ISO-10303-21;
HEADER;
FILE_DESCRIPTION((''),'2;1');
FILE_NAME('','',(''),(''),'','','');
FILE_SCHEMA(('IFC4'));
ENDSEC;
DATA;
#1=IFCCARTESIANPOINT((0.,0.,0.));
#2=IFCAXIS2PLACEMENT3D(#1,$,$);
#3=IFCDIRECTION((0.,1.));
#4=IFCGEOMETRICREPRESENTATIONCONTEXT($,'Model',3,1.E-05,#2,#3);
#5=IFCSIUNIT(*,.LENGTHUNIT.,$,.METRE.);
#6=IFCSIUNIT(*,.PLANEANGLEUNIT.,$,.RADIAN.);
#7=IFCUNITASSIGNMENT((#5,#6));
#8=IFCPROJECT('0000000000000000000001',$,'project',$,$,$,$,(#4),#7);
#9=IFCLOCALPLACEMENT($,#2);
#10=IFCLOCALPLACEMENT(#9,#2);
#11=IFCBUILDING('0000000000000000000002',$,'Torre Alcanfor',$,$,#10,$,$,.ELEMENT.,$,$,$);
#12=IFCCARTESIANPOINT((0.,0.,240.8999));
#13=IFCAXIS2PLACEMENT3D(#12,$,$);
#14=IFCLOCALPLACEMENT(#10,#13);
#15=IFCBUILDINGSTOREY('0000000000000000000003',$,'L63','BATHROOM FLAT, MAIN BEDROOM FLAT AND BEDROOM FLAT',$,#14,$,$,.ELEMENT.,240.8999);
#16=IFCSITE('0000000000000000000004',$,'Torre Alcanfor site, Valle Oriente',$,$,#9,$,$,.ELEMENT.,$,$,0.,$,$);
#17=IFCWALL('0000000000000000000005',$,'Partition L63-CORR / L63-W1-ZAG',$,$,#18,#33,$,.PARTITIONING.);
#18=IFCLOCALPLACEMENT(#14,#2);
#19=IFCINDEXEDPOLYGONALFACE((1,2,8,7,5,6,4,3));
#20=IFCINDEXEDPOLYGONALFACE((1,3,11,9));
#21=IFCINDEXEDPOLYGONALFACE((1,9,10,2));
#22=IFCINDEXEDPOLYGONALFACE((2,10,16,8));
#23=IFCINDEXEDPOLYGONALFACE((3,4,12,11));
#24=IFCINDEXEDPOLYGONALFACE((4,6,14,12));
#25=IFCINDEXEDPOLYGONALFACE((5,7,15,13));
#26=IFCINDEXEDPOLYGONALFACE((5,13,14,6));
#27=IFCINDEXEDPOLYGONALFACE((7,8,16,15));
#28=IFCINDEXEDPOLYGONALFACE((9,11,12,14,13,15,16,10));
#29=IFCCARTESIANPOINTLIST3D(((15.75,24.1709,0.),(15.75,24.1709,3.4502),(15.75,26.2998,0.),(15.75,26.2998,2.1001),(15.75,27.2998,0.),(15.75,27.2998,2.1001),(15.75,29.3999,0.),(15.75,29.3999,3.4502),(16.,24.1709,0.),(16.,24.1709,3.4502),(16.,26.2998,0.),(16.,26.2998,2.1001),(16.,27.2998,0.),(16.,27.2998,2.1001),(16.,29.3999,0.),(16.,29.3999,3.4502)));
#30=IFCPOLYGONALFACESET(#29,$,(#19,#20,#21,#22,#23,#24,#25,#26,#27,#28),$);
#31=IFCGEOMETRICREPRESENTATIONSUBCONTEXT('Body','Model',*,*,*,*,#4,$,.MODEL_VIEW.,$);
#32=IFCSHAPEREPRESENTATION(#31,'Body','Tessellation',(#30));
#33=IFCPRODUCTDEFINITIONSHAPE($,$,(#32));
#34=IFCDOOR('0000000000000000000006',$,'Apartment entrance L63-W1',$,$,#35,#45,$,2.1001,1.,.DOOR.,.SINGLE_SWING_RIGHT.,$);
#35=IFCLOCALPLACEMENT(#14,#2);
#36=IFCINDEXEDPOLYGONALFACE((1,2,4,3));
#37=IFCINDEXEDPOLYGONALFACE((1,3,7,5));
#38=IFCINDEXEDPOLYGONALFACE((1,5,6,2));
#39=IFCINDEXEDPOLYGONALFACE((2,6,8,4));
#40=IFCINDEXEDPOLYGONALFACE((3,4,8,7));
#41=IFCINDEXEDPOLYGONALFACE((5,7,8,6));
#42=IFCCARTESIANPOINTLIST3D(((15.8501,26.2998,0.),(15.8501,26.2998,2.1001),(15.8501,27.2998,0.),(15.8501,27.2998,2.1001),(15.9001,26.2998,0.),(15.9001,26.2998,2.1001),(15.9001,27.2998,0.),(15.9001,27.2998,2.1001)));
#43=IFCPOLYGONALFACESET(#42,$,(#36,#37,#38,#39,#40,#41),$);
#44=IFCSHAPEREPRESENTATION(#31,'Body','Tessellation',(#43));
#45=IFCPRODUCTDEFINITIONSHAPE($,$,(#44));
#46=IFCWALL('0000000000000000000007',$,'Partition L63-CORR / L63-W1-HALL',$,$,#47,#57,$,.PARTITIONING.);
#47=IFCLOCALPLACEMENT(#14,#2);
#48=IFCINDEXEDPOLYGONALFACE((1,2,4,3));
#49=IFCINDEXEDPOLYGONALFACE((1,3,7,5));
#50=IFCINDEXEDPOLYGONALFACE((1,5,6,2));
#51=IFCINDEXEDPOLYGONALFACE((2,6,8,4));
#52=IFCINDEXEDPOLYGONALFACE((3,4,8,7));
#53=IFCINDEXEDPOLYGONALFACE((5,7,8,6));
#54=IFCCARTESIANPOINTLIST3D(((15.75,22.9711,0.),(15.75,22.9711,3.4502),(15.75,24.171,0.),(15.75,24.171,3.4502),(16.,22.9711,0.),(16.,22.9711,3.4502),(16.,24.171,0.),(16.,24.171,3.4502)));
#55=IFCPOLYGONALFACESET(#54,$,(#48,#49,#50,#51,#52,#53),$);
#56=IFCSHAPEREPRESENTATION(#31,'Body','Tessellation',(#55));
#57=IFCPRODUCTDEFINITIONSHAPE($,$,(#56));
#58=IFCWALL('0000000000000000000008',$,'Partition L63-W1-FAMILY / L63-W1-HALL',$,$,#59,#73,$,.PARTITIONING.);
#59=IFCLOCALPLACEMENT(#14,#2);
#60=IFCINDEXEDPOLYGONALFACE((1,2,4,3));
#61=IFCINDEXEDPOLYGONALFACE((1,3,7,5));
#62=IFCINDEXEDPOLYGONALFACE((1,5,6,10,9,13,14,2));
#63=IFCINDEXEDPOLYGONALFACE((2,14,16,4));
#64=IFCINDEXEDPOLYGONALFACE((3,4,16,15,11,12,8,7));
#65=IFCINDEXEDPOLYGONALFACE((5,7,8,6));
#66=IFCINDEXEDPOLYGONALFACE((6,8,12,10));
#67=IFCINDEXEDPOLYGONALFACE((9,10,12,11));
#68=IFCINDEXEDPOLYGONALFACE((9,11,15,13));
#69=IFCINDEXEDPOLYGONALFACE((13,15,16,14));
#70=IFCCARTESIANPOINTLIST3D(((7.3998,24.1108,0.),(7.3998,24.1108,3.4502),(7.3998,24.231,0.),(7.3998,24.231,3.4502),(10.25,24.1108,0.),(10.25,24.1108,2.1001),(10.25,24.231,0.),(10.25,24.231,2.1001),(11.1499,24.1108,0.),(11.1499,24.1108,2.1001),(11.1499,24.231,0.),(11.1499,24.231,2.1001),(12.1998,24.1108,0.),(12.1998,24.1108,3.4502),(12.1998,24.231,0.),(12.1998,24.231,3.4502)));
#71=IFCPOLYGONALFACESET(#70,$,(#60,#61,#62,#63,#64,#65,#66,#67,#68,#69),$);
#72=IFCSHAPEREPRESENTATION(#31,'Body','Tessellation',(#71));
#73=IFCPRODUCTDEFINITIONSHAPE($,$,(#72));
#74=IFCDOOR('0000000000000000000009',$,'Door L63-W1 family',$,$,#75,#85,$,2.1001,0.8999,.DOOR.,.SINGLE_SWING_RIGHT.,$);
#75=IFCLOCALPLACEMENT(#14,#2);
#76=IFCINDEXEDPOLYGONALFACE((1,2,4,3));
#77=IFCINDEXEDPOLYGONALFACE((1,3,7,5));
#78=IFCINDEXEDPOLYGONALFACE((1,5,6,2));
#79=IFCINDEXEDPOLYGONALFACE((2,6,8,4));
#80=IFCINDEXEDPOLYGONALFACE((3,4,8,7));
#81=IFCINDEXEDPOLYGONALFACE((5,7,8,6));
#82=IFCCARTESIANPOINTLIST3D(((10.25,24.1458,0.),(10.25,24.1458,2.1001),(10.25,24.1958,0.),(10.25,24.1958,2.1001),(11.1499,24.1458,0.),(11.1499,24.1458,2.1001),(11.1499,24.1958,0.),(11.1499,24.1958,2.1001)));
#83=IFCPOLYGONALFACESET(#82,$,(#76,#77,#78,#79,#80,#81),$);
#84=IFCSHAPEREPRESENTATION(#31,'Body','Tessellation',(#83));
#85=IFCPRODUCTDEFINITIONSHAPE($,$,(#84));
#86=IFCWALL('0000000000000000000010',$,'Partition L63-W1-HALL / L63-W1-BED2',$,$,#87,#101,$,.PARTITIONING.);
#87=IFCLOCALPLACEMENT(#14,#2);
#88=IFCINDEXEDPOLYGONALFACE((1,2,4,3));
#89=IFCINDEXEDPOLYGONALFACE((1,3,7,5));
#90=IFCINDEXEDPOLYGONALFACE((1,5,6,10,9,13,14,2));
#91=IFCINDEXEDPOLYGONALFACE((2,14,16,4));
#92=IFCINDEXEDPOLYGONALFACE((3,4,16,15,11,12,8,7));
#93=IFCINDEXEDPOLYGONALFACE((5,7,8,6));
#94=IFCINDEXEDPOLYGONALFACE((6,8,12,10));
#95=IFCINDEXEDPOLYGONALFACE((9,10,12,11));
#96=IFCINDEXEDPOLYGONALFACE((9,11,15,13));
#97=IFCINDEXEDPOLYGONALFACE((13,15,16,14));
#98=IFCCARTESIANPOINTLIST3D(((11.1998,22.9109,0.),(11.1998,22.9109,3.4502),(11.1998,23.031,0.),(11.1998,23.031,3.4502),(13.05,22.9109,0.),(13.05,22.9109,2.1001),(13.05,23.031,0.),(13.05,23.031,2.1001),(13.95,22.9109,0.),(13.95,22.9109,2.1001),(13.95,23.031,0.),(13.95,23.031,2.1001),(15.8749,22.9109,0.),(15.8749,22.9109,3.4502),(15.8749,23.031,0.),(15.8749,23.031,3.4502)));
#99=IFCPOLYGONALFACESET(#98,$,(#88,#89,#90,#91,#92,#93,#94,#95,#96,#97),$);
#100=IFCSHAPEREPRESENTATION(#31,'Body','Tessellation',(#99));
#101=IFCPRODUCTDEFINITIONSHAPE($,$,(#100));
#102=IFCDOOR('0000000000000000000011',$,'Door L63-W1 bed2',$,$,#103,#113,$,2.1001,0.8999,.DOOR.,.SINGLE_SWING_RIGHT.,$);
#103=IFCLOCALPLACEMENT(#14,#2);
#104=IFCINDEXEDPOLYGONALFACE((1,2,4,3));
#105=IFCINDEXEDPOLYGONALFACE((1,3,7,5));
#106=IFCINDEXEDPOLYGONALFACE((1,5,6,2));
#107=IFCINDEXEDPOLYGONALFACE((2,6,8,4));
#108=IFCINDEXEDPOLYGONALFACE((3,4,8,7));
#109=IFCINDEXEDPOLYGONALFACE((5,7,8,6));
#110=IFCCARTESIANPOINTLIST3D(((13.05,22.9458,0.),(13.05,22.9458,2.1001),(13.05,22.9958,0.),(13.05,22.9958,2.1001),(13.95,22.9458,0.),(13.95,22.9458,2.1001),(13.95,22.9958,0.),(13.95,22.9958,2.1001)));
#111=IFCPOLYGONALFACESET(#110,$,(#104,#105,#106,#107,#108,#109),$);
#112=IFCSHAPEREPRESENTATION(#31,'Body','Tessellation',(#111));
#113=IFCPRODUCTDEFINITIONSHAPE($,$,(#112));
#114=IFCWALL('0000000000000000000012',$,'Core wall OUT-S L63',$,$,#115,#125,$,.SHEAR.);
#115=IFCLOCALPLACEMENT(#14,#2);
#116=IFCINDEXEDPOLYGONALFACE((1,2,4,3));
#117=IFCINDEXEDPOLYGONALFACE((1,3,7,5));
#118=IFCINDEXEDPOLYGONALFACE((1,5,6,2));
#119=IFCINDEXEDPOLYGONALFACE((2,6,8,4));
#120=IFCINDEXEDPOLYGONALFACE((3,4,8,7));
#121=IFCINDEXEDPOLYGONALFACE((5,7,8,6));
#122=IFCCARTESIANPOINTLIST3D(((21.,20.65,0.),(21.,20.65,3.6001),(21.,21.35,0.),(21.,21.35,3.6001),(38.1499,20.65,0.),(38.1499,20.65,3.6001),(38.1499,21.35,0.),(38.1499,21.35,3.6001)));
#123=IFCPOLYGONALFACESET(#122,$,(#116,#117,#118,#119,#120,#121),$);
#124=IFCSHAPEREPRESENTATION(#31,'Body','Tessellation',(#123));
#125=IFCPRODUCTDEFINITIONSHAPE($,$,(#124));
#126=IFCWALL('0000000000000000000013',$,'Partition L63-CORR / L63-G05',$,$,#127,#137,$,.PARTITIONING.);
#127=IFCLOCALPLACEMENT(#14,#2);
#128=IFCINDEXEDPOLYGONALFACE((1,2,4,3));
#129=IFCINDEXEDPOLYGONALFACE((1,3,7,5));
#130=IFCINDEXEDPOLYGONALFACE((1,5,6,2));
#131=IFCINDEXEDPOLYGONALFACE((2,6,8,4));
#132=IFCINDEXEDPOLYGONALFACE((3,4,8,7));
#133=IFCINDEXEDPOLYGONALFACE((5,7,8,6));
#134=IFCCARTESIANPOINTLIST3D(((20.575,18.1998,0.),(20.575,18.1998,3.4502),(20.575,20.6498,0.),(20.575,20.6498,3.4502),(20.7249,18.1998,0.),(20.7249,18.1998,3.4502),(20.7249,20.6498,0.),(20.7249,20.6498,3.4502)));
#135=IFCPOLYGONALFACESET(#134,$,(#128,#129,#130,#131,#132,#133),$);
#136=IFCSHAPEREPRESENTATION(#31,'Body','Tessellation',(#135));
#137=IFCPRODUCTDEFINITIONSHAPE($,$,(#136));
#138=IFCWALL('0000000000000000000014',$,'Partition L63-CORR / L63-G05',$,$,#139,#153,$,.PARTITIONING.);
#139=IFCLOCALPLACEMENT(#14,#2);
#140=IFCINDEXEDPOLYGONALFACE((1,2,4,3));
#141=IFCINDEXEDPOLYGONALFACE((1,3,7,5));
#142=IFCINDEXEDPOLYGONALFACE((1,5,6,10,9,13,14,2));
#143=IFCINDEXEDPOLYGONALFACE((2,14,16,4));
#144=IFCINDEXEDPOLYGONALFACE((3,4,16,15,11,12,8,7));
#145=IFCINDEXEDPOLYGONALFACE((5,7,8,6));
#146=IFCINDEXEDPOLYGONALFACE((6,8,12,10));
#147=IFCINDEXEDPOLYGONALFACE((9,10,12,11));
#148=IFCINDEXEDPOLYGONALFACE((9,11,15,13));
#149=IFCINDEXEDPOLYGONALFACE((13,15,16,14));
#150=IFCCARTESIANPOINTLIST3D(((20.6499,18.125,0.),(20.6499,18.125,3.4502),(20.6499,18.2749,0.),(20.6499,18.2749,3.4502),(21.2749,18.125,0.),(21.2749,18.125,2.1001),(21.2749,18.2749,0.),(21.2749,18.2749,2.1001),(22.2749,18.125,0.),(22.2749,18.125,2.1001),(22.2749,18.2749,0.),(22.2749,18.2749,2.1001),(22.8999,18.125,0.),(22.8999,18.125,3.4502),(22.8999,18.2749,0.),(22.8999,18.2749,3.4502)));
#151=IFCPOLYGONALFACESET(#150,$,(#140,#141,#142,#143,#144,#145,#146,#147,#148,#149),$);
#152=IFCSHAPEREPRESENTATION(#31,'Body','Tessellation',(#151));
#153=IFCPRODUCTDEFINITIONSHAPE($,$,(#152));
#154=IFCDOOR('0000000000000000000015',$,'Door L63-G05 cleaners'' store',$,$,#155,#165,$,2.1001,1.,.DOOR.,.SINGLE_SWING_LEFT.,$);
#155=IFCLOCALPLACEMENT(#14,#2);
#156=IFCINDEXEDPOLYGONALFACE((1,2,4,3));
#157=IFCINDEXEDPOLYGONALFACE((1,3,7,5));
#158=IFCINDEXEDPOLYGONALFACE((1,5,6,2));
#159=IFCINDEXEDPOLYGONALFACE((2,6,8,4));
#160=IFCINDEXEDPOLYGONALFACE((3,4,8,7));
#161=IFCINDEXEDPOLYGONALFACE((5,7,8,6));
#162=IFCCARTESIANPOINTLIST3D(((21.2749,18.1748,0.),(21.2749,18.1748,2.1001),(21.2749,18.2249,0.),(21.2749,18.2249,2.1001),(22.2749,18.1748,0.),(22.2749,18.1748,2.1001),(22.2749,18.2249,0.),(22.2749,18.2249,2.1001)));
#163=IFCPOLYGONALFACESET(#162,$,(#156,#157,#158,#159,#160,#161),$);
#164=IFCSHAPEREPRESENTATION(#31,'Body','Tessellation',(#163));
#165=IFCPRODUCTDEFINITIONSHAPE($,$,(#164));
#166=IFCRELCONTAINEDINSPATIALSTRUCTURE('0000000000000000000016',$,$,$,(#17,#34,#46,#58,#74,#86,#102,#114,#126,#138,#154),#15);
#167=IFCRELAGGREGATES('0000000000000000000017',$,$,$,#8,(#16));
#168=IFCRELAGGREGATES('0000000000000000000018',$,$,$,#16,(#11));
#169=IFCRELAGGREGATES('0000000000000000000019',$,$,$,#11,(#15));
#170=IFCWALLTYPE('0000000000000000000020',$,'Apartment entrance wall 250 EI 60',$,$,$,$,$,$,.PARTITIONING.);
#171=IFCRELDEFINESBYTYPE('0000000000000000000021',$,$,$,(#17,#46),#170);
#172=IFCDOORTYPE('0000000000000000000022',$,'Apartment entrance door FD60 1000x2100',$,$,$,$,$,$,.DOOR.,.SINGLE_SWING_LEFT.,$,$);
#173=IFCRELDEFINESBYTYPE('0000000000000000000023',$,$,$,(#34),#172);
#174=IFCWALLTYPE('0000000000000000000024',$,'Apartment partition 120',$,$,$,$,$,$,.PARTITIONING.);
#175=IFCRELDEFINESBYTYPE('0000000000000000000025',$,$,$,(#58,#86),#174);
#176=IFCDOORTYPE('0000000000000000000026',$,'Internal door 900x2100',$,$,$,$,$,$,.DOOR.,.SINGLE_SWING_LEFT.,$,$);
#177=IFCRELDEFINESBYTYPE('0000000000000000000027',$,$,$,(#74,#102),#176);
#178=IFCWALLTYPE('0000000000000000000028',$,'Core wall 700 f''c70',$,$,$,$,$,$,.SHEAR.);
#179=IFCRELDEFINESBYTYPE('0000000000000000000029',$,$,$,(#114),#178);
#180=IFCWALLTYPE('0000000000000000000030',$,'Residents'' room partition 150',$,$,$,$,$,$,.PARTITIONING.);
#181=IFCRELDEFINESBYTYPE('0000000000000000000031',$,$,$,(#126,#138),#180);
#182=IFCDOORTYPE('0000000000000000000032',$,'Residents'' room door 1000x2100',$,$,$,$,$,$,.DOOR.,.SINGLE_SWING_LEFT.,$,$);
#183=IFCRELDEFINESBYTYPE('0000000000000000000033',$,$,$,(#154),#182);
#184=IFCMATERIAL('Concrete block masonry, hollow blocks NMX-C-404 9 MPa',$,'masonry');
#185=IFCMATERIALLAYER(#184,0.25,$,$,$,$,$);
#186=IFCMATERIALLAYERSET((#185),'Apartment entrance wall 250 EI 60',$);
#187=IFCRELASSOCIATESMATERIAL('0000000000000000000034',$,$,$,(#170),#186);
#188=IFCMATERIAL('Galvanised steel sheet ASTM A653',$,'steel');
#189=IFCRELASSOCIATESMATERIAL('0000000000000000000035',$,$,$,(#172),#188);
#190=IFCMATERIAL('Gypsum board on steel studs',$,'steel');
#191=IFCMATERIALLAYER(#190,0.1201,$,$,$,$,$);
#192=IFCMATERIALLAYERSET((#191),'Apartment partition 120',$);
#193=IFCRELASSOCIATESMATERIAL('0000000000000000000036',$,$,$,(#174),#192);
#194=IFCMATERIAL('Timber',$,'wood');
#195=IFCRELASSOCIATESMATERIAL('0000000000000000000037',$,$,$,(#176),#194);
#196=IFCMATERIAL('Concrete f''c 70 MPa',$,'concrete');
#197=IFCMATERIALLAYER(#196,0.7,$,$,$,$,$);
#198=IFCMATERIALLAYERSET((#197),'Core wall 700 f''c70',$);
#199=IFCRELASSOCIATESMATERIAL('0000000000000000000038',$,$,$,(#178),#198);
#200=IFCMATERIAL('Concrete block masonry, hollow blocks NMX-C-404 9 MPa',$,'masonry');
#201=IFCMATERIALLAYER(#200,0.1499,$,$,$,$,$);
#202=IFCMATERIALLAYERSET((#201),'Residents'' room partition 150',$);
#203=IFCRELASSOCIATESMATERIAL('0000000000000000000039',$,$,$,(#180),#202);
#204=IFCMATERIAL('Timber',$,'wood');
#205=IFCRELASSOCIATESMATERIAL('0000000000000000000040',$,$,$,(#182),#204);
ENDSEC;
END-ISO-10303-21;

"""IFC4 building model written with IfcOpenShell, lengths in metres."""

from ifc_helpers import new_model, si_unit, direction, frame, frame_2d, origin, place, context, subcontext, project, spatial, rectangle, extrude, material, layer, layer_set, type_object, element, fill, save


model = new_model("IFC4")

# Units and contexts
model_context = context("Model", 3, precision=1e-05, world=origin(), true_north=direction((0.0, 1.0)))
body_context = subcontext(model_context, "Body", "Model", "MODEL_VIEW")
ifc_project = project(units=[si_unit("LENGTHUNIT", "METRE"), si_unit("PLANEANGLEUNIT", "RADIAN")], contexts=[model_context])

# Site, building, storey
site_placement = place(None, origin())
site = spatial("IfcSite", under=ifc_project, at=site_placement, Name="Torre Alcanfor site, Valle Oriente", CompositionType="ELEMENT", RefElevation=0.0)
building_placement = place(site_placement, origin())
building = spatial("IfcBuilding", under=site, at=building_placement, Name="Torre Alcanfor", CompositionType="ELEMENT")
storey_placement = place(building_placement, frame((0.0, 0.0, 240.8999)))
storey = spatial("IfcBuildingStorey", under=building, at=storey_placement, Name="L63", Description="BATHROOM FLAT, MAIN BEDROOM FLAT AND BEDROOM FLAT", CompositionType="ELEMENT", Elevation=240.8999)

# Wall, opening, door
ifc_material_1 = material(Name="Concrete block masonry, hollow blocks NMX-C-404 9 MPa", Category="masonry")
ifc_layer_1 = layer(ifc_material_1, 0.25)
ifc_layer_set_1 = layer_set([ifc_layer_1], Name="Apartment entrance wall 250 EI 60")
wall_type_1 = type_object("IfcWallType", Name="Apartment entrance wall 250 EI 60", PredefinedType="PARTITIONING", material=ifc_layer_set_1)
wall_1_placement = place(storey_placement, frame((15.875, 24.1709, 0.0), z_axis=(0.0, 0.0, 1.0), x_axis=(0.0, 1.0, 0.0)))
wall_1 = element("IfcWall", 1, at=wall_1_placement, inside=storey, type_object=wall_type_1, Name="Partition L63-CORR / L63-W1-ZAG", PredefinedType="PARTITIONING", context=body_context, shape_type="SweptSolid", body=[
    extrude(rectangle(XDim=5.229, YDim=0.25, at=frame_2d((2.6145, 0.0))), origin(), (0.0, 0.0, 1.0), 3.4502),
])
opening_1_placement = place(wall_1_placement, frame((2.1289, 0.0, 0.0)))
opening_1 = element("IfcOpeningElement", 2, at=opening_1_placement, cuts=wall_1, PredefinedType="OPENING", context=body_context, shape_type="SweptSolid", body=[
    extrude(rectangle(XDim=1.0, YDim=2.1001, at=frame_2d((0.5, 1.05))), frame((0.0, 0.135, 0.0), z_axis=(0.0, -1.0, 0.0), x_axis=(1.0, 0.0, 0.0)), (0.0, 0.0, 1.0), 0.27),
])
ifc_material_2 = material(Name="Galvanised steel sheet ASTM A653", Category="steel")
door_type_1 = type_object("IfcDoorType", Name="Apartment entrance door FD60 1000x2100", OperationType="SINGLE_SWING_LEFT", PredefinedType="DOOR", material=ifc_material_2)
door_1_placement = place(opening_1_placement, origin())
door_1 = element("IfcDoor", 3, at=door_1_placement, inside=storey, type_object=door_type_1, Name="Apartment entrance L63-W1", OperationType="SINGLE_SWING_RIGHT", OverallHeight=2.1001, OverallWidth=1.0, PredefinedType="DOOR", context=body_context, shape_type="SweptSolid", body=[
    extrude(rectangle(XDim=1.0, YDim=2.1001, at=frame_2d((0.5, 1.05))), frame((0.0, 0.0249, 0.0), z_axis=(0.0, -1.0, 0.0), x_axis=(1.0, 0.0, 0.0)), (0.0, 0.0, 1.0), 0.05),
])
fill(opening_1, door_1)

# Wall
wall_2_placement = place(storey_placement, frame((15.875, 22.9709, 0.0), z_axis=(0.0, 0.0, 1.0), x_axis=(0.0, 1.0, 0.0)))
element("IfcWall", 4, at=wall_2_placement, inside=storey, type_object=wall_type_1, Name="Partition L63-CORR / L63-W1-HALL", PredefinedType="PARTITIONING", context=body_context, shape_type="SweptSolid", body=[
    extrude(rectangle(XDim=1.2, YDim=0.25, at=frame_2d((0.6001, 0.0))), origin(), (0.0, 0.0, 1.0), 3.4502),
])

# Walls, openings, doors
ifc_material_3 = material(Name="Gypsum board on steel studs", Category="steel")
ifc_layer_2 = layer(ifc_material_3, 0.1201)
ifc_layer_set_2 = layer_set([ifc_layer_2], Name="Apartment partition 120")
wall_type_2 = type_object("IfcWallType", Name="Apartment partition 120", PredefinedType="PARTITIONING", material=ifc_layer_set_2)
wall_3_placement = place(storey_placement, frame((7.3999, 24.1709, 0.0), z_axis=(0.0, 0.0, 1.0), x_axis=(1.0, 0.0, 0.0)))
wall_3 = element("IfcWall", 5, at=wall_3_placement, inside=storey, type_object=wall_type_2, Name="Partition L63-W1-FAMILY / L63-W1-HALL", PredefinedType="PARTITIONING", context=body_context, shape_type="SweptSolid", body=[
    extrude(rectangle(XDim=4.8, YDim=0.1201, at=frame_2d((2.3999, 0.0))), origin(), (0.0, 0.0, 1.0), 3.4502),
])
opening_2_placement = place(wall_3_placement, frame((2.8501, 0.0, 0.0)))
opening_2 = element("IfcOpeningElement", 6, at=opening_2_placement, cuts=wall_3, PredefinedType="OPENING", context=body_context, shape_type="SweptSolid", body=[
    extrude(rectangle(XDim=0.8999, YDim=2.1001, at=frame_2d((0.45, 1.05))), frame((0.0, 0.0701, 0.0), z_axis=(0.0, -1.0, 0.0), x_axis=(1.0, 0.0, 0.0)), (0.0, 0.0, 1.0), 0.1401),
])
ifc_material_4 = material(Name="Timber", Category="wood")
door_type_2 = type_object("IfcDoorType", Name="Internal door 900x2100", OperationType="SINGLE_SWING_LEFT", PredefinedType="DOOR", material=ifc_material_4)
door_2_placement = place(opening_2_placement, origin())
door_2 = element("IfcDoor", 7, at=door_2_placement, inside=storey, type_object=door_type_2, Name="Door L63-W1 family", OperationType="SINGLE_SWING_RIGHT", OverallHeight=2.1001, OverallWidth=0.8999, PredefinedType="DOOR", context=body_context, shape_type="SweptSolid", body=[
    extrude(rectangle(XDim=0.8999, YDim=2.1001, at=frame_2d((0.45, 1.05))), frame((0.0, 0.0249, 0.0), z_axis=(0.0, -1.0, 0.0), x_axis=(1.0, 0.0, 0.0)), (0.0, 0.0, 1.0), 0.05),
])
fill(opening_2, door_2)
wall_4_placement = place(storey_placement, frame((11.2, 22.9709, 0.0), z_axis=(0.0, 0.0, 1.0), x_axis=(1.0, 0.0, 0.0)))
wall_4 = element("IfcWall", 8, at=wall_4_placement, inside=storey, type_object=wall_type_2, Name="Partition L63-W1-HALL / L63-W1-BED2", PredefinedType="PARTITIONING", context=body_context, shape_type="SweptSolid", body=[
    extrude(rectangle(XDim=4.675, YDim=0.1201, at=frame_2d((2.3374, 0.0))), origin(), (0.0, 0.0, 1.0), 3.4502),
])
opening_3_placement = place(wall_4_placement, frame((1.8501, 0.0, 0.0)))
opening_3 = element("IfcOpeningElement", 9, at=opening_3_placement, cuts=wall_4, PredefinedType="OPENING", context=body_context, shape_type="SweptSolid", body=[
    extrude(rectangle(XDim=0.8999, YDim=2.1001, at=frame_2d((0.45, 1.05))), frame((0.0, 0.0701, 0.0), z_axis=(0.0, -1.0, 0.0), x_axis=(1.0, 0.0, 0.0)), (0.0, 0.0, 1.0), 0.1401),
])
door_3_placement = place(opening_3_placement, frame((0.8999, 0.0, 0.0), z_axis=(0.0, 0.0, 1.0), x_axis=(-1.0, 0.0, 0.0)))
door_3 = element("IfcDoor", 10, at=door_3_placement, inside=storey, type_object=door_type_2, Name="Door L63-W1 bed2", OperationType="SINGLE_SWING_RIGHT", OverallHeight=2.1001, OverallWidth=0.8999, PredefinedType="DOOR", context=body_context, shape_type="SweptSolid", body=[
    extrude(rectangle(XDim=0.8999, YDim=2.1001, at=frame_2d((0.45, 1.05))), frame((0.0, 0.0251, 0.0), z_axis=(0.0, -1.0, 0.0), x_axis=(1.0, 0.0, 0.0)), (0.0, 0.0, 1.0), 0.05),
])
fill(opening_3, door_3)

# Walls
ifc_material_5 = material(Name="Concrete f'c 70 MPa", Category="concrete")
ifc_layer_3 = layer(ifc_material_5, 0.7)
ifc_layer_set_3 = layer_set([ifc_layer_3], Name="Core wall 700 f'c70")
wall_type_3 = type_object("IfcWallType", Name="Core wall 700 f'c70", PredefinedType="SHEAR", material=ifc_layer_set_3)
wall_5_placement = place(storey_placement, frame((21.0, 21.0, 0.0), z_axis=(0.0, 0.0, 1.0), x_axis=(1.0, 0.0, 0.0)))
element("IfcWall", 11, at=wall_5_placement, inside=storey, type_object=wall_type_3, Name="Core wall OUT-S L63", PredefinedType="SHEAR", context=body_context, shape_type="SweptSolid", body=[
    extrude(rectangle(XDim=17.1499, YDim=0.7, at=frame_2d((8.575, 0.0))), origin(), (0.0, 0.0, 1.0), 3.6001),
])
ifc_material_6 = material(Name="Concrete block masonry, hollow blocks NMX-C-404 9 MPa", Category="masonry")
ifc_layer_4 = layer(ifc_material_6, 0.1499)
ifc_layer_set_4 = layer_set([ifc_layer_4], Name="Residents' room partition 150")
wall_type_4 = type_object("IfcWallType", Name="Residents' room partition 150", PredefinedType="PARTITIONING", material=ifc_layer_set_4)
wall_6_placement = place(storey_placement, frame((20.6499, 20.6499, 0.0), z_axis=(0.0, 0.0, 1.0), x_axis=(0.0, -1.0, 0.0)))
element("IfcWall", 12, at=wall_6_placement, inside=storey, type_object=wall_type_4, Name="Partition L63-CORR / L63-G05", PredefinedType="PARTITIONING", context=body_context, shape_type="SweptSolid", body=[
    extrude(rectangle(XDim=2.45, YDim=0.1499, at=frame_2d((1.2251, 0.0))), origin(), (0.0, 0.0, 1.0), 3.4502),
])

# Wall, opening, door
wall_7_placement = place(storey_placement, frame((20.6499, 18.2, 0.0), z_axis=(0.0, 0.0, 1.0), x_axis=(1.0, 0.0, 0.0)))
wall_7 = element("IfcWall", 13, at=wall_7_placement, inside=storey, type_object=wall_type_4, Name="Partition L63-CORR / L63-G05", PredefinedType="PARTITIONING", context=body_context, shape_type="SweptSolid", body=[
    extrude(rectangle(XDim=2.25, YDim=0.1499, at=frame_2d((1.125, 0.0))), origin(), (0.0, 0.0, 1.0), 3.4502),
])
opening_4_placement = place(wall_7_placement, frame((0.625, 0.0, 0.0)))
opening_4 = element("IfcOpeningElement", 14, at=opening_4_placement, cuts=wall_7, PredefinedType="OPENING", context=body_context, shape_type="SweptSolid", body=[
    extrude(rectangle(XDim=1.0, YDim=2.1001, at=frame_2d((0.5, 1.05))), frame((0.0, 0.085, 0.0), z_axis=(0.0, -1.0, 0.0), x_axis=(1.0, 0.0, 0.0)), (0.0, 0.0, 1.0), 0.1699),
])
ifc_material_7 = material(Name="Timber", Category="wood")
door_type_3 = type_object("IfcDoorType", Name="Residents' room door 1000x2100", OperationType="SINGLE_SWING_LEFT", PredefinedType="DOOR", material=ifc_material_7)
door_4_placement = place(opening_4_placement, origin())
door_4 = element("IfcDoor", 15, at=door_4_placement, inside=storey, type_object=door_type_3, Name="Door L63-G05 cleaners' store", OperationType="SINGLE_SWING_LEFT", OverallHeight=2.1001, OverallWidth=1.0, PredefinedType="DOOR", context=body_context, shape_type="SweptSolid", body=[
    extrude(rectangle(XDim=1.0, YDim=2.1001, at=frame_2d((0.5, 1.05))), frame((0.0, 0.0249, 0.0), z_axis=(0.0, -1.0, 0.0), x_axis=(1.0, 0.0, 0.0)), (0.0, 0.0, 1.0), 0.05),
])
fill(opening_4, door_4)

save(model, "model.ifc")
